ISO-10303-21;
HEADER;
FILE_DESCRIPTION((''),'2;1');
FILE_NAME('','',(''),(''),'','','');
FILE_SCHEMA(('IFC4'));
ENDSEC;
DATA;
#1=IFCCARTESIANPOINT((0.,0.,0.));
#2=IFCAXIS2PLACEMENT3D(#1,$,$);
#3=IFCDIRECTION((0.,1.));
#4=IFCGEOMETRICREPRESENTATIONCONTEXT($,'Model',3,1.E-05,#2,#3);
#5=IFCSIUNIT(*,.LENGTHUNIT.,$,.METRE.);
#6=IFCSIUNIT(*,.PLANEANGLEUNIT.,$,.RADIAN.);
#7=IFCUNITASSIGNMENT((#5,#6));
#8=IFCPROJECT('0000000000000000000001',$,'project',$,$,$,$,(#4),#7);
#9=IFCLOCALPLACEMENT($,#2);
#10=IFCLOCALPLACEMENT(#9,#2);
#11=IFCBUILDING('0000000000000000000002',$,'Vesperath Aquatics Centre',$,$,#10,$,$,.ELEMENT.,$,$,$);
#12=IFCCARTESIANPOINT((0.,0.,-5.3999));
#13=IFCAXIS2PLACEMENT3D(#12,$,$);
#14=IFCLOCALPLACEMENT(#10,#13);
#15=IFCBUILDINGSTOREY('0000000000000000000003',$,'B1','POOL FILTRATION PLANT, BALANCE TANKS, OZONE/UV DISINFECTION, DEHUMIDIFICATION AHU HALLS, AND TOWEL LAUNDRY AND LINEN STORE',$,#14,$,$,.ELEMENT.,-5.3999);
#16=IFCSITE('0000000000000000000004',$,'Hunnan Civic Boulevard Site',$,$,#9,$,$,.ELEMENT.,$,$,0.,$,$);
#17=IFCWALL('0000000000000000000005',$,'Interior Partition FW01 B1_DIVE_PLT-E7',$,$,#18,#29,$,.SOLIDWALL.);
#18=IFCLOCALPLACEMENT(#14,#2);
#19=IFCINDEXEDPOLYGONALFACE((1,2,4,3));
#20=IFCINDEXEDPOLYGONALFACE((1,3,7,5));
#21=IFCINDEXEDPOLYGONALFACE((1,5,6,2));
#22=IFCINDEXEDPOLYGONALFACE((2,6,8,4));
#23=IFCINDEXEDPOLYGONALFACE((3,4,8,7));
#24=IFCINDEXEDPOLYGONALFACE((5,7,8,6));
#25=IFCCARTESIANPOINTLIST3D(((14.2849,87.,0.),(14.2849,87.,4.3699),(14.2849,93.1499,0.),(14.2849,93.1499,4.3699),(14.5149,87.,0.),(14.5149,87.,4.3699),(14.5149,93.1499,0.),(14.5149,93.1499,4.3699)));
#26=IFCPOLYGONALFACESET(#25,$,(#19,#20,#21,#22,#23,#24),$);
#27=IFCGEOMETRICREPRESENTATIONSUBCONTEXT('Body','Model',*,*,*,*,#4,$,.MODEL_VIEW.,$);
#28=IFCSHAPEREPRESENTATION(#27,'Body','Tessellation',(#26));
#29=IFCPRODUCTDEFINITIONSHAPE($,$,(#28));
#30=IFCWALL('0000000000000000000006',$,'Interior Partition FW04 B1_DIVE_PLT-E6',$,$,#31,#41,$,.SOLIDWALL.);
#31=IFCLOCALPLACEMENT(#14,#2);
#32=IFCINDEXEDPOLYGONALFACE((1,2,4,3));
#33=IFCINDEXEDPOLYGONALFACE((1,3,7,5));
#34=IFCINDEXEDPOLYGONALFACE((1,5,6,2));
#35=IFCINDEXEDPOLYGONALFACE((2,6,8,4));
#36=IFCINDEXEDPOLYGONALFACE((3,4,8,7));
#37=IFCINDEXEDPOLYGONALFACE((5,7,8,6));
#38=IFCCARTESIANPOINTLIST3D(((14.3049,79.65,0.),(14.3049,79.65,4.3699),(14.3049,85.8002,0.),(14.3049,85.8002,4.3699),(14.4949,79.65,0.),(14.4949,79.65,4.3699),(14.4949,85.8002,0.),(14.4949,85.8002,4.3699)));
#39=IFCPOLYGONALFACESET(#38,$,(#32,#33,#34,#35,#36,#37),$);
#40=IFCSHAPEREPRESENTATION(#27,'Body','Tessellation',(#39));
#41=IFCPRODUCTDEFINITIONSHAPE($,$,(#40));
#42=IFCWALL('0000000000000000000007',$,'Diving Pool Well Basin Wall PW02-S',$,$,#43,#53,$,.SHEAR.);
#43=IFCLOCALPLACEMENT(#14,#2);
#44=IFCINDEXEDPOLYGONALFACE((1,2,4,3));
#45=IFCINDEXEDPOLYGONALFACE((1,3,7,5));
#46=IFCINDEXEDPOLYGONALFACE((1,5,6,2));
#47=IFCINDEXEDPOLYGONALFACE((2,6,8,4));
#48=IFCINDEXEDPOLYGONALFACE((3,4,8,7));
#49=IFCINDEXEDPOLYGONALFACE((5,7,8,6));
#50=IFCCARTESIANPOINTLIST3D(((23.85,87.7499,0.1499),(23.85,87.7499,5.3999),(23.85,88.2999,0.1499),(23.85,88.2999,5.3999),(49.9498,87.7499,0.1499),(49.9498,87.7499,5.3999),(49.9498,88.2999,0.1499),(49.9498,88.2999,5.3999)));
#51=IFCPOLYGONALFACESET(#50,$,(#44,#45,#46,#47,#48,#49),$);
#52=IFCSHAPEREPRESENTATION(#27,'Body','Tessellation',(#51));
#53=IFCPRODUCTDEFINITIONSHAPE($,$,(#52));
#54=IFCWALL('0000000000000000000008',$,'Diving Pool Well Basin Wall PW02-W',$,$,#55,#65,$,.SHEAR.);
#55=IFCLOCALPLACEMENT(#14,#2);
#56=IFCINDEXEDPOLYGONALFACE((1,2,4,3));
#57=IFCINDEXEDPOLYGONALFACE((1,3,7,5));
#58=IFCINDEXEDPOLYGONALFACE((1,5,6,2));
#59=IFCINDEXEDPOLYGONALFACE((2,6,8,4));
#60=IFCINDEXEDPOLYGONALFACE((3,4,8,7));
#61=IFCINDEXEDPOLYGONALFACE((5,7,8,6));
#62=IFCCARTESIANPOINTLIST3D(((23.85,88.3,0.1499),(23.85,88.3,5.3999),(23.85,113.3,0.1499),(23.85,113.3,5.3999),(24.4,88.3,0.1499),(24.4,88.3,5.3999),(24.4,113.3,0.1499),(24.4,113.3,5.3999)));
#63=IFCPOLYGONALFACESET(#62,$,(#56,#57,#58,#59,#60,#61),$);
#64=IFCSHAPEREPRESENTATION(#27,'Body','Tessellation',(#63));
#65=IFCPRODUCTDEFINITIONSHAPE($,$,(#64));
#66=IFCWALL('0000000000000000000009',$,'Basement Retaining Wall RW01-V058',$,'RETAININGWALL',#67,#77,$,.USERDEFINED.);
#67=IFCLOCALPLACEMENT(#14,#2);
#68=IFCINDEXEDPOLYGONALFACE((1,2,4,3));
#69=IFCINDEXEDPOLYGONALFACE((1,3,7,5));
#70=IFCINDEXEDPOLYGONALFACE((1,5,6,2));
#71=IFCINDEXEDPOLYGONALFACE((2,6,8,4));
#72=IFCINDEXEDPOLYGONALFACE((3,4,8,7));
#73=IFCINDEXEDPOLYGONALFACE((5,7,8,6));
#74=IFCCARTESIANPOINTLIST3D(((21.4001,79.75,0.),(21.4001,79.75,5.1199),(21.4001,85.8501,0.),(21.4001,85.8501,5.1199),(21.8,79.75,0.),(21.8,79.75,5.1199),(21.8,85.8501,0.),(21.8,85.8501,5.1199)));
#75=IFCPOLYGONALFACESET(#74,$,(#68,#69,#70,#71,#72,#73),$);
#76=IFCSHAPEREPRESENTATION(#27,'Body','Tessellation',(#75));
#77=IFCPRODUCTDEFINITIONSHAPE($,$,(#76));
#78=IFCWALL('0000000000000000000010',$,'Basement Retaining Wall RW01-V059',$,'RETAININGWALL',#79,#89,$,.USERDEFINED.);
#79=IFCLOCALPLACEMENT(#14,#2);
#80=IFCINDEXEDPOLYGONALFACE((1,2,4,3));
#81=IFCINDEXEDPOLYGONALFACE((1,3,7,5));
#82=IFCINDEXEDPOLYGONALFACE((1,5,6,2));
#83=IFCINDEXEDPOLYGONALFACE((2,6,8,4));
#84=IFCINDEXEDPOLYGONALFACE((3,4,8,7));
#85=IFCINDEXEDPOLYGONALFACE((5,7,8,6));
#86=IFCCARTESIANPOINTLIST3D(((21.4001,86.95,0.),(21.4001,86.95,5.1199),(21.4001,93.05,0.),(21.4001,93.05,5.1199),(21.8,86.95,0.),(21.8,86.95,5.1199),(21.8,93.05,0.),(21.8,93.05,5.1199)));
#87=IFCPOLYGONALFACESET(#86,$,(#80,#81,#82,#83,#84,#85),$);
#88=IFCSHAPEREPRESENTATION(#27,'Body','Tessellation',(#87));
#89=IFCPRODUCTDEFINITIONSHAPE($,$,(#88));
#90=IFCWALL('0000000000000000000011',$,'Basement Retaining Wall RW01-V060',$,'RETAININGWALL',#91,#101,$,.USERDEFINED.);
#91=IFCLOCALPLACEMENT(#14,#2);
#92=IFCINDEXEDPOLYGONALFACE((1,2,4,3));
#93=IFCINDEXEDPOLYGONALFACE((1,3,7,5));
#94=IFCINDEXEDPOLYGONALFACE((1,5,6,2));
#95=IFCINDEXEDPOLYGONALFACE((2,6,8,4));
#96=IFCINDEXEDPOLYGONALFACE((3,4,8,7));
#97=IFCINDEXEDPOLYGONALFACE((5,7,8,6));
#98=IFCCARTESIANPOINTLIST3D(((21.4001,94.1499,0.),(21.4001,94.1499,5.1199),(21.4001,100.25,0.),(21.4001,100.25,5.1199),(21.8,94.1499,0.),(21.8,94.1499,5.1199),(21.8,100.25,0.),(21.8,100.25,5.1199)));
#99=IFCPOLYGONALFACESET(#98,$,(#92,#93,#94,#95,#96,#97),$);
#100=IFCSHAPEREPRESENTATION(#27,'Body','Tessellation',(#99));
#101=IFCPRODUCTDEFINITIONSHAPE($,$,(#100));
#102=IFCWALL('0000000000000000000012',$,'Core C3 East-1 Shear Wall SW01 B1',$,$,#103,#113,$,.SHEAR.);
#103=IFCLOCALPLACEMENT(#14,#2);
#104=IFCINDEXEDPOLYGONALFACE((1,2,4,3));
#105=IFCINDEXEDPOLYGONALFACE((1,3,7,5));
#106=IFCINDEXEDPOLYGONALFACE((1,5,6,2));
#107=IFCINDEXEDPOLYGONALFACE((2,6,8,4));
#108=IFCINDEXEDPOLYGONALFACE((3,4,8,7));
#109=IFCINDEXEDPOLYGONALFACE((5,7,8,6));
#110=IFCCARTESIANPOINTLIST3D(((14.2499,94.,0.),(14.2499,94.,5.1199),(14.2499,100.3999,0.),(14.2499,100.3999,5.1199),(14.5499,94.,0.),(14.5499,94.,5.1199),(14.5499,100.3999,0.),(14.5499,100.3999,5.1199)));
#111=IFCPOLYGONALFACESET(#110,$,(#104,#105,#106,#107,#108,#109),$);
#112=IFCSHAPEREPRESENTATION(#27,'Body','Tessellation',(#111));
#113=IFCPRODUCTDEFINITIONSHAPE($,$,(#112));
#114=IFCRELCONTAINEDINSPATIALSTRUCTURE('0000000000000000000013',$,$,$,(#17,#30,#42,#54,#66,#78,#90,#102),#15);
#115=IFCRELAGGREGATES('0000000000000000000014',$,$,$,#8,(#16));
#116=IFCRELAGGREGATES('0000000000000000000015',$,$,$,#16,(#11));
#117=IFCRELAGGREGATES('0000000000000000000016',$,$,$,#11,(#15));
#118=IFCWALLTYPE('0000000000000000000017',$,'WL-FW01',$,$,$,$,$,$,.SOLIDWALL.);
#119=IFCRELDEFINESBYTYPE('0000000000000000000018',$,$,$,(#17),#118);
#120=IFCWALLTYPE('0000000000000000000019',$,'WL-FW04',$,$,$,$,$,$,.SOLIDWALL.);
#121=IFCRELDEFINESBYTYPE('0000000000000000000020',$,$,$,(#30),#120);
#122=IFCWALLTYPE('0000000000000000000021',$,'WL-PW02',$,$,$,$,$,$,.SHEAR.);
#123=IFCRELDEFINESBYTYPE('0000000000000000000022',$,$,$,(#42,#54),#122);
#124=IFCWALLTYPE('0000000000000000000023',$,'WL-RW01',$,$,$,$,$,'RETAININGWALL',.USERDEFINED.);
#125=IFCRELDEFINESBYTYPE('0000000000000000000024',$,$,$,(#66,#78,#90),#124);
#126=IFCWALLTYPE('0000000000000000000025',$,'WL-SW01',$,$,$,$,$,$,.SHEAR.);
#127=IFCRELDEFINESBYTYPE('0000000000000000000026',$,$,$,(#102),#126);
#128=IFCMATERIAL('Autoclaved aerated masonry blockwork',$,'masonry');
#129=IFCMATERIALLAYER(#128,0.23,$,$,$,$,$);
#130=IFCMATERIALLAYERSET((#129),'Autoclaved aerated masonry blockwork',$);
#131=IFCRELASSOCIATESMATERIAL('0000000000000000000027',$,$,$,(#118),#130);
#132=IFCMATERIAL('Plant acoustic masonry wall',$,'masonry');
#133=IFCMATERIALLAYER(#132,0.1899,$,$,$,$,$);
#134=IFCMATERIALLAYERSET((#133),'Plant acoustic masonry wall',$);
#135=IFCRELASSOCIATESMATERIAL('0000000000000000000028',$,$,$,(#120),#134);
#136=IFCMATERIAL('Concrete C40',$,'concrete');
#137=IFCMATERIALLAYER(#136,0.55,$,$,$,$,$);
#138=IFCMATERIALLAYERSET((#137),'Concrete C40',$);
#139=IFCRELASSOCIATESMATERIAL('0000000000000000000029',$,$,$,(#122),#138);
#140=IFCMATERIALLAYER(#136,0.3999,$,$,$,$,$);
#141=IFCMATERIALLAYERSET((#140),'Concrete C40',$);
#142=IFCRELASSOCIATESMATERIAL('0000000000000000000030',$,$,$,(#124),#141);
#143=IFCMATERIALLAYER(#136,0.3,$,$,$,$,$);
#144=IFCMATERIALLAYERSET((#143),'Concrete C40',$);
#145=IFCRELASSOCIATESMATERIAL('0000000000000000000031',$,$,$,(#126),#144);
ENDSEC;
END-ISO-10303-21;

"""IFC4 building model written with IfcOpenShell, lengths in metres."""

from ifc_helpers import new_model, si_unit, direction, frame, frame_2d, origin, place, context, subcontext, project, spatial, rectangle, extrude, material, layer, layer_set, type_object, element, save


model = new_model("IFC4")

# Units and contexts
model_context = context("Model", 3, precision=1e-05, world=origin(), true_north=direction((0.0, 1.0)))
body_context = subcontext(model_context, "Body", "Model", "MODEL_VIEW")
ifc_project = project(units=[si_unit("LENGTHUNIT", "METRE"), si_unit("PLANEANGLEUNIT", "RADIAN")], contexts=[model_context])

# Site, building, storey
site_placement = place(None, origin())
site = spatial("IfcSite", under=ifc_project, at=site_placement, Name="Hunnan Civic Boulevard Site", CompositionType="ELEMENT", RefElevation=0.0)
building_placement = place(site_placement, origin())
building = spatial("IfcBuilding", under=site, at=building_placement, Name="Vesperath Aquatics Centre", CompositionType="ELEMENT")
storey_placement = place(building_placement, frame((0.0, 0.0, -5.3999)))
storey = spatial("IfcBuildingStorey", under=building, at=storey_placement, Name="B1", Description="POOL FILTRATION PLANT, BALANCE TANKS, OZONE/UV DISINFECTION, DEHUMIDIFICATION AHU HALLS, AND TOWEL LAUNDRY AND LINEN STORE", CompositionType="ELEMENT", Elevation=-5.3999)

# Shared definitions
ifc_material_1 = material(Name="Concrete C40", Category="concrete")

# Walls
ifc_material_2 = material(Name="Autoclaved aerated masonry blockwork", Category="masonry")
ifc_layer_1 = layer(ifc_material_2, 0.23)
ifc_layer_set_1 = layer_set([ifc_layer_1], Name="Autoclaved aerated masonry blockwork")
wall_type_1 = type_object("IfcWallType", Name="WL-FW01", PredefinedType="SOLIDWALL", material=ifc_layer_set_1)
wall_1_placement = place(storey_placement, frame((14.3999, 87.0, 0.0), z_axis=(0.0, 0.0, 1.0), x_axis=(0.0, 1.0, 0.0)))
element("IfcWall", 1, at=wall_1_placement, inside=storey, type_object=wall_type_1, Name="Interior Partition FW01 B1_DIVE_PLT-E7", PredefinedType="SOLIDWALL", context=body_context, shape_type="SweptSolid", body=[
    extrude(rectangle(XDim=6.1499, YDim=0.23, at=frame_2d((3.075, 0.0))), origin(), (0.0, 0.0, 1.0), 4.3699),
])
ifc_material_3 = material(Name="Plant acoustic masonry wall", Category="masonry")
ifc_layer_2 = layer(ifc_material_3, 0.1899)
ifc_layer_set_2 = layer_set([ifc_layer_2], Name="Plant acoustic masonry wall")
wall_type_2 = type_object("IfcWallType", Name="WL-FW04", PredefinedType="SOLIDWALL", material=ifc_layer_set_2)
wall_2_placement = place(storey_placement, frame((14.3999, 79.6499, 0.0), z_axis=(0.0, 0.0, 1.0), x_axis=(0.0, 1.0, 0.0)))
element("IfcWall", 2, at=wall_2_placement, inside=storey, type_object=wall_type_2, Name="Interior Partition FW04 B1_DIVE_PLT-E6", PredefinedType="SOLIDWALL", context=body_context, shape_type="SweptSolid", body=[
    extrude(rectangle(XDim=6.1501, YDim=0.1899, at=frame_2d((3.0752, 0.0))), origin(), (0.0, 0.0, 1.0), 4.3699),
])
ifc_layer_3 = layer(ifc_material_1, 0.55)
ifc_layer_set_3 = layer_set([ifc_layer_3], Name="Concrete C40")
wall_type_3 = type_object("IfcWallType", Name="WL-PW02", PredefinedType="SHEAR", material=ifc_layer_set_3)
wall_3_placement = place(storey_placement, frame((23.8501, 88.0249, 0.1499), z_axis=(0.0, 0.0, 1.0), x_axis=(1.0, 0.0, 0.0)))
element("IfcWall", 3, at=wall_3_placement, inside=storey, type_object=wall_type_3, Name="Diving Pool Well Basin Wall PW02-S", PredefinedType="SHEAR", context=body_context, shape_type="SweptSolid", body=[
    extrude(rectangle(XDim=26.0999, YDim=0.55, at=frame_2d((13.0498, 0.0))), origin(), (0.0, 0.0, 1.0), 5.25),
])
wall_4_placement = place(storey_placement, frame((24.125, 88.3, 0.1499), z_axis=(0.0, 0.0, 1.0), x_axis=(0.0, 1.0, 0.0)))
element("IfcWall", 4, at=wall_4_placement, inside=storey, type_object=wall_type_3, Name="Diving Pool Well Basin Wall PW02-W", PredefinedType="SHEAR", context=body_context, shape_type="SweptSolid", body=[
    extrude(rectangle(XDim=25.0, YDim=0.55, at=frame_2d((12.5, 0.0))), origin(), (0.0, 0.0, 1.0), 5.25),
])
ifc_layer_4 = layer(ifc_material_1, 0.3999)
ifc_layer_set_4 = layer_set([ifc_layer_4], Name="Concrete C40")
wall_type_4 = type_object("IfcWallType", Name="WL-RW01", ElementType="RETAININGWALL", PredefinedType="USERDEFINED", material=ifc_layer_set_4)
for number, where, z_axis, x_axis, name in (
    (5, (21.6001, 79.75, 0.0), (0.0, 0.0, 1.0), (0.0, 1.0, 0.0), "Basement Retaining Wall RW01-V058"),
    (6, (21.6001, 86.95, 0.0), (0.0, 0.0, 1.0), (0.0, 1.0, 0.0), "Basement Retaining Wall RW01-V059"),
    (7, (21.6001, 94.1499, 0.0), (0.0, 0.0, 1.0), (0.0, 1.0, 0.0), "Basement Retaining Wall RW01-V060"),
):
    element("IfcWall", number, at=place(storey_placement, frame(where, z_axis=z_axis, x_axis=x_axis)), inside=storey, type_object=wall_type_4, Name=name, ObjectType="RETAININGWALL", PredefinedType="USERDEFINED", context=body_context, shape_type="SweptSolid", body=[
        extrude(rectangle(XDim=6.1001, YDim=0.3999, at=frame_2d((3.05, 0.0))), origin(), (0.0, 0.0, 1.0), 5.1199),
    ])
ifc_layer_5 = layer(ifc_material_1, 0.3)
ifc_layer_set_5 = layer_set([ifc_layer_5], Name="Concrete C40")
wall_type_5 = type_object("IfcWallType", Name="WL-SW01", PredefinedType="SHEAR", material=ifc_layer_set_5)
wall_5_placement = place(storey_placement, frame((14.3999, 94.0, 0.0), z_axis=(0.0, 0.0, 1.0), x_axis=(0.0, 1.0, 0.0)))
element("IfcWall", 8, at=wall_5_placement, inside=storey, type_object=wall_type_5, Name="Core C3 East-1 Shear Wall SW01 B1", PredefinedType="SHEAR", context=body_context, shape_type="SweptSolid", body=[
    extrude(rectangle(XDim=6.3999, YDim=0.3, at=frame_2d((3.2, 0.0))), origin(), (0.0, 0.0, 1.0), 5.1199),
])

save(model, "model.ifc")
